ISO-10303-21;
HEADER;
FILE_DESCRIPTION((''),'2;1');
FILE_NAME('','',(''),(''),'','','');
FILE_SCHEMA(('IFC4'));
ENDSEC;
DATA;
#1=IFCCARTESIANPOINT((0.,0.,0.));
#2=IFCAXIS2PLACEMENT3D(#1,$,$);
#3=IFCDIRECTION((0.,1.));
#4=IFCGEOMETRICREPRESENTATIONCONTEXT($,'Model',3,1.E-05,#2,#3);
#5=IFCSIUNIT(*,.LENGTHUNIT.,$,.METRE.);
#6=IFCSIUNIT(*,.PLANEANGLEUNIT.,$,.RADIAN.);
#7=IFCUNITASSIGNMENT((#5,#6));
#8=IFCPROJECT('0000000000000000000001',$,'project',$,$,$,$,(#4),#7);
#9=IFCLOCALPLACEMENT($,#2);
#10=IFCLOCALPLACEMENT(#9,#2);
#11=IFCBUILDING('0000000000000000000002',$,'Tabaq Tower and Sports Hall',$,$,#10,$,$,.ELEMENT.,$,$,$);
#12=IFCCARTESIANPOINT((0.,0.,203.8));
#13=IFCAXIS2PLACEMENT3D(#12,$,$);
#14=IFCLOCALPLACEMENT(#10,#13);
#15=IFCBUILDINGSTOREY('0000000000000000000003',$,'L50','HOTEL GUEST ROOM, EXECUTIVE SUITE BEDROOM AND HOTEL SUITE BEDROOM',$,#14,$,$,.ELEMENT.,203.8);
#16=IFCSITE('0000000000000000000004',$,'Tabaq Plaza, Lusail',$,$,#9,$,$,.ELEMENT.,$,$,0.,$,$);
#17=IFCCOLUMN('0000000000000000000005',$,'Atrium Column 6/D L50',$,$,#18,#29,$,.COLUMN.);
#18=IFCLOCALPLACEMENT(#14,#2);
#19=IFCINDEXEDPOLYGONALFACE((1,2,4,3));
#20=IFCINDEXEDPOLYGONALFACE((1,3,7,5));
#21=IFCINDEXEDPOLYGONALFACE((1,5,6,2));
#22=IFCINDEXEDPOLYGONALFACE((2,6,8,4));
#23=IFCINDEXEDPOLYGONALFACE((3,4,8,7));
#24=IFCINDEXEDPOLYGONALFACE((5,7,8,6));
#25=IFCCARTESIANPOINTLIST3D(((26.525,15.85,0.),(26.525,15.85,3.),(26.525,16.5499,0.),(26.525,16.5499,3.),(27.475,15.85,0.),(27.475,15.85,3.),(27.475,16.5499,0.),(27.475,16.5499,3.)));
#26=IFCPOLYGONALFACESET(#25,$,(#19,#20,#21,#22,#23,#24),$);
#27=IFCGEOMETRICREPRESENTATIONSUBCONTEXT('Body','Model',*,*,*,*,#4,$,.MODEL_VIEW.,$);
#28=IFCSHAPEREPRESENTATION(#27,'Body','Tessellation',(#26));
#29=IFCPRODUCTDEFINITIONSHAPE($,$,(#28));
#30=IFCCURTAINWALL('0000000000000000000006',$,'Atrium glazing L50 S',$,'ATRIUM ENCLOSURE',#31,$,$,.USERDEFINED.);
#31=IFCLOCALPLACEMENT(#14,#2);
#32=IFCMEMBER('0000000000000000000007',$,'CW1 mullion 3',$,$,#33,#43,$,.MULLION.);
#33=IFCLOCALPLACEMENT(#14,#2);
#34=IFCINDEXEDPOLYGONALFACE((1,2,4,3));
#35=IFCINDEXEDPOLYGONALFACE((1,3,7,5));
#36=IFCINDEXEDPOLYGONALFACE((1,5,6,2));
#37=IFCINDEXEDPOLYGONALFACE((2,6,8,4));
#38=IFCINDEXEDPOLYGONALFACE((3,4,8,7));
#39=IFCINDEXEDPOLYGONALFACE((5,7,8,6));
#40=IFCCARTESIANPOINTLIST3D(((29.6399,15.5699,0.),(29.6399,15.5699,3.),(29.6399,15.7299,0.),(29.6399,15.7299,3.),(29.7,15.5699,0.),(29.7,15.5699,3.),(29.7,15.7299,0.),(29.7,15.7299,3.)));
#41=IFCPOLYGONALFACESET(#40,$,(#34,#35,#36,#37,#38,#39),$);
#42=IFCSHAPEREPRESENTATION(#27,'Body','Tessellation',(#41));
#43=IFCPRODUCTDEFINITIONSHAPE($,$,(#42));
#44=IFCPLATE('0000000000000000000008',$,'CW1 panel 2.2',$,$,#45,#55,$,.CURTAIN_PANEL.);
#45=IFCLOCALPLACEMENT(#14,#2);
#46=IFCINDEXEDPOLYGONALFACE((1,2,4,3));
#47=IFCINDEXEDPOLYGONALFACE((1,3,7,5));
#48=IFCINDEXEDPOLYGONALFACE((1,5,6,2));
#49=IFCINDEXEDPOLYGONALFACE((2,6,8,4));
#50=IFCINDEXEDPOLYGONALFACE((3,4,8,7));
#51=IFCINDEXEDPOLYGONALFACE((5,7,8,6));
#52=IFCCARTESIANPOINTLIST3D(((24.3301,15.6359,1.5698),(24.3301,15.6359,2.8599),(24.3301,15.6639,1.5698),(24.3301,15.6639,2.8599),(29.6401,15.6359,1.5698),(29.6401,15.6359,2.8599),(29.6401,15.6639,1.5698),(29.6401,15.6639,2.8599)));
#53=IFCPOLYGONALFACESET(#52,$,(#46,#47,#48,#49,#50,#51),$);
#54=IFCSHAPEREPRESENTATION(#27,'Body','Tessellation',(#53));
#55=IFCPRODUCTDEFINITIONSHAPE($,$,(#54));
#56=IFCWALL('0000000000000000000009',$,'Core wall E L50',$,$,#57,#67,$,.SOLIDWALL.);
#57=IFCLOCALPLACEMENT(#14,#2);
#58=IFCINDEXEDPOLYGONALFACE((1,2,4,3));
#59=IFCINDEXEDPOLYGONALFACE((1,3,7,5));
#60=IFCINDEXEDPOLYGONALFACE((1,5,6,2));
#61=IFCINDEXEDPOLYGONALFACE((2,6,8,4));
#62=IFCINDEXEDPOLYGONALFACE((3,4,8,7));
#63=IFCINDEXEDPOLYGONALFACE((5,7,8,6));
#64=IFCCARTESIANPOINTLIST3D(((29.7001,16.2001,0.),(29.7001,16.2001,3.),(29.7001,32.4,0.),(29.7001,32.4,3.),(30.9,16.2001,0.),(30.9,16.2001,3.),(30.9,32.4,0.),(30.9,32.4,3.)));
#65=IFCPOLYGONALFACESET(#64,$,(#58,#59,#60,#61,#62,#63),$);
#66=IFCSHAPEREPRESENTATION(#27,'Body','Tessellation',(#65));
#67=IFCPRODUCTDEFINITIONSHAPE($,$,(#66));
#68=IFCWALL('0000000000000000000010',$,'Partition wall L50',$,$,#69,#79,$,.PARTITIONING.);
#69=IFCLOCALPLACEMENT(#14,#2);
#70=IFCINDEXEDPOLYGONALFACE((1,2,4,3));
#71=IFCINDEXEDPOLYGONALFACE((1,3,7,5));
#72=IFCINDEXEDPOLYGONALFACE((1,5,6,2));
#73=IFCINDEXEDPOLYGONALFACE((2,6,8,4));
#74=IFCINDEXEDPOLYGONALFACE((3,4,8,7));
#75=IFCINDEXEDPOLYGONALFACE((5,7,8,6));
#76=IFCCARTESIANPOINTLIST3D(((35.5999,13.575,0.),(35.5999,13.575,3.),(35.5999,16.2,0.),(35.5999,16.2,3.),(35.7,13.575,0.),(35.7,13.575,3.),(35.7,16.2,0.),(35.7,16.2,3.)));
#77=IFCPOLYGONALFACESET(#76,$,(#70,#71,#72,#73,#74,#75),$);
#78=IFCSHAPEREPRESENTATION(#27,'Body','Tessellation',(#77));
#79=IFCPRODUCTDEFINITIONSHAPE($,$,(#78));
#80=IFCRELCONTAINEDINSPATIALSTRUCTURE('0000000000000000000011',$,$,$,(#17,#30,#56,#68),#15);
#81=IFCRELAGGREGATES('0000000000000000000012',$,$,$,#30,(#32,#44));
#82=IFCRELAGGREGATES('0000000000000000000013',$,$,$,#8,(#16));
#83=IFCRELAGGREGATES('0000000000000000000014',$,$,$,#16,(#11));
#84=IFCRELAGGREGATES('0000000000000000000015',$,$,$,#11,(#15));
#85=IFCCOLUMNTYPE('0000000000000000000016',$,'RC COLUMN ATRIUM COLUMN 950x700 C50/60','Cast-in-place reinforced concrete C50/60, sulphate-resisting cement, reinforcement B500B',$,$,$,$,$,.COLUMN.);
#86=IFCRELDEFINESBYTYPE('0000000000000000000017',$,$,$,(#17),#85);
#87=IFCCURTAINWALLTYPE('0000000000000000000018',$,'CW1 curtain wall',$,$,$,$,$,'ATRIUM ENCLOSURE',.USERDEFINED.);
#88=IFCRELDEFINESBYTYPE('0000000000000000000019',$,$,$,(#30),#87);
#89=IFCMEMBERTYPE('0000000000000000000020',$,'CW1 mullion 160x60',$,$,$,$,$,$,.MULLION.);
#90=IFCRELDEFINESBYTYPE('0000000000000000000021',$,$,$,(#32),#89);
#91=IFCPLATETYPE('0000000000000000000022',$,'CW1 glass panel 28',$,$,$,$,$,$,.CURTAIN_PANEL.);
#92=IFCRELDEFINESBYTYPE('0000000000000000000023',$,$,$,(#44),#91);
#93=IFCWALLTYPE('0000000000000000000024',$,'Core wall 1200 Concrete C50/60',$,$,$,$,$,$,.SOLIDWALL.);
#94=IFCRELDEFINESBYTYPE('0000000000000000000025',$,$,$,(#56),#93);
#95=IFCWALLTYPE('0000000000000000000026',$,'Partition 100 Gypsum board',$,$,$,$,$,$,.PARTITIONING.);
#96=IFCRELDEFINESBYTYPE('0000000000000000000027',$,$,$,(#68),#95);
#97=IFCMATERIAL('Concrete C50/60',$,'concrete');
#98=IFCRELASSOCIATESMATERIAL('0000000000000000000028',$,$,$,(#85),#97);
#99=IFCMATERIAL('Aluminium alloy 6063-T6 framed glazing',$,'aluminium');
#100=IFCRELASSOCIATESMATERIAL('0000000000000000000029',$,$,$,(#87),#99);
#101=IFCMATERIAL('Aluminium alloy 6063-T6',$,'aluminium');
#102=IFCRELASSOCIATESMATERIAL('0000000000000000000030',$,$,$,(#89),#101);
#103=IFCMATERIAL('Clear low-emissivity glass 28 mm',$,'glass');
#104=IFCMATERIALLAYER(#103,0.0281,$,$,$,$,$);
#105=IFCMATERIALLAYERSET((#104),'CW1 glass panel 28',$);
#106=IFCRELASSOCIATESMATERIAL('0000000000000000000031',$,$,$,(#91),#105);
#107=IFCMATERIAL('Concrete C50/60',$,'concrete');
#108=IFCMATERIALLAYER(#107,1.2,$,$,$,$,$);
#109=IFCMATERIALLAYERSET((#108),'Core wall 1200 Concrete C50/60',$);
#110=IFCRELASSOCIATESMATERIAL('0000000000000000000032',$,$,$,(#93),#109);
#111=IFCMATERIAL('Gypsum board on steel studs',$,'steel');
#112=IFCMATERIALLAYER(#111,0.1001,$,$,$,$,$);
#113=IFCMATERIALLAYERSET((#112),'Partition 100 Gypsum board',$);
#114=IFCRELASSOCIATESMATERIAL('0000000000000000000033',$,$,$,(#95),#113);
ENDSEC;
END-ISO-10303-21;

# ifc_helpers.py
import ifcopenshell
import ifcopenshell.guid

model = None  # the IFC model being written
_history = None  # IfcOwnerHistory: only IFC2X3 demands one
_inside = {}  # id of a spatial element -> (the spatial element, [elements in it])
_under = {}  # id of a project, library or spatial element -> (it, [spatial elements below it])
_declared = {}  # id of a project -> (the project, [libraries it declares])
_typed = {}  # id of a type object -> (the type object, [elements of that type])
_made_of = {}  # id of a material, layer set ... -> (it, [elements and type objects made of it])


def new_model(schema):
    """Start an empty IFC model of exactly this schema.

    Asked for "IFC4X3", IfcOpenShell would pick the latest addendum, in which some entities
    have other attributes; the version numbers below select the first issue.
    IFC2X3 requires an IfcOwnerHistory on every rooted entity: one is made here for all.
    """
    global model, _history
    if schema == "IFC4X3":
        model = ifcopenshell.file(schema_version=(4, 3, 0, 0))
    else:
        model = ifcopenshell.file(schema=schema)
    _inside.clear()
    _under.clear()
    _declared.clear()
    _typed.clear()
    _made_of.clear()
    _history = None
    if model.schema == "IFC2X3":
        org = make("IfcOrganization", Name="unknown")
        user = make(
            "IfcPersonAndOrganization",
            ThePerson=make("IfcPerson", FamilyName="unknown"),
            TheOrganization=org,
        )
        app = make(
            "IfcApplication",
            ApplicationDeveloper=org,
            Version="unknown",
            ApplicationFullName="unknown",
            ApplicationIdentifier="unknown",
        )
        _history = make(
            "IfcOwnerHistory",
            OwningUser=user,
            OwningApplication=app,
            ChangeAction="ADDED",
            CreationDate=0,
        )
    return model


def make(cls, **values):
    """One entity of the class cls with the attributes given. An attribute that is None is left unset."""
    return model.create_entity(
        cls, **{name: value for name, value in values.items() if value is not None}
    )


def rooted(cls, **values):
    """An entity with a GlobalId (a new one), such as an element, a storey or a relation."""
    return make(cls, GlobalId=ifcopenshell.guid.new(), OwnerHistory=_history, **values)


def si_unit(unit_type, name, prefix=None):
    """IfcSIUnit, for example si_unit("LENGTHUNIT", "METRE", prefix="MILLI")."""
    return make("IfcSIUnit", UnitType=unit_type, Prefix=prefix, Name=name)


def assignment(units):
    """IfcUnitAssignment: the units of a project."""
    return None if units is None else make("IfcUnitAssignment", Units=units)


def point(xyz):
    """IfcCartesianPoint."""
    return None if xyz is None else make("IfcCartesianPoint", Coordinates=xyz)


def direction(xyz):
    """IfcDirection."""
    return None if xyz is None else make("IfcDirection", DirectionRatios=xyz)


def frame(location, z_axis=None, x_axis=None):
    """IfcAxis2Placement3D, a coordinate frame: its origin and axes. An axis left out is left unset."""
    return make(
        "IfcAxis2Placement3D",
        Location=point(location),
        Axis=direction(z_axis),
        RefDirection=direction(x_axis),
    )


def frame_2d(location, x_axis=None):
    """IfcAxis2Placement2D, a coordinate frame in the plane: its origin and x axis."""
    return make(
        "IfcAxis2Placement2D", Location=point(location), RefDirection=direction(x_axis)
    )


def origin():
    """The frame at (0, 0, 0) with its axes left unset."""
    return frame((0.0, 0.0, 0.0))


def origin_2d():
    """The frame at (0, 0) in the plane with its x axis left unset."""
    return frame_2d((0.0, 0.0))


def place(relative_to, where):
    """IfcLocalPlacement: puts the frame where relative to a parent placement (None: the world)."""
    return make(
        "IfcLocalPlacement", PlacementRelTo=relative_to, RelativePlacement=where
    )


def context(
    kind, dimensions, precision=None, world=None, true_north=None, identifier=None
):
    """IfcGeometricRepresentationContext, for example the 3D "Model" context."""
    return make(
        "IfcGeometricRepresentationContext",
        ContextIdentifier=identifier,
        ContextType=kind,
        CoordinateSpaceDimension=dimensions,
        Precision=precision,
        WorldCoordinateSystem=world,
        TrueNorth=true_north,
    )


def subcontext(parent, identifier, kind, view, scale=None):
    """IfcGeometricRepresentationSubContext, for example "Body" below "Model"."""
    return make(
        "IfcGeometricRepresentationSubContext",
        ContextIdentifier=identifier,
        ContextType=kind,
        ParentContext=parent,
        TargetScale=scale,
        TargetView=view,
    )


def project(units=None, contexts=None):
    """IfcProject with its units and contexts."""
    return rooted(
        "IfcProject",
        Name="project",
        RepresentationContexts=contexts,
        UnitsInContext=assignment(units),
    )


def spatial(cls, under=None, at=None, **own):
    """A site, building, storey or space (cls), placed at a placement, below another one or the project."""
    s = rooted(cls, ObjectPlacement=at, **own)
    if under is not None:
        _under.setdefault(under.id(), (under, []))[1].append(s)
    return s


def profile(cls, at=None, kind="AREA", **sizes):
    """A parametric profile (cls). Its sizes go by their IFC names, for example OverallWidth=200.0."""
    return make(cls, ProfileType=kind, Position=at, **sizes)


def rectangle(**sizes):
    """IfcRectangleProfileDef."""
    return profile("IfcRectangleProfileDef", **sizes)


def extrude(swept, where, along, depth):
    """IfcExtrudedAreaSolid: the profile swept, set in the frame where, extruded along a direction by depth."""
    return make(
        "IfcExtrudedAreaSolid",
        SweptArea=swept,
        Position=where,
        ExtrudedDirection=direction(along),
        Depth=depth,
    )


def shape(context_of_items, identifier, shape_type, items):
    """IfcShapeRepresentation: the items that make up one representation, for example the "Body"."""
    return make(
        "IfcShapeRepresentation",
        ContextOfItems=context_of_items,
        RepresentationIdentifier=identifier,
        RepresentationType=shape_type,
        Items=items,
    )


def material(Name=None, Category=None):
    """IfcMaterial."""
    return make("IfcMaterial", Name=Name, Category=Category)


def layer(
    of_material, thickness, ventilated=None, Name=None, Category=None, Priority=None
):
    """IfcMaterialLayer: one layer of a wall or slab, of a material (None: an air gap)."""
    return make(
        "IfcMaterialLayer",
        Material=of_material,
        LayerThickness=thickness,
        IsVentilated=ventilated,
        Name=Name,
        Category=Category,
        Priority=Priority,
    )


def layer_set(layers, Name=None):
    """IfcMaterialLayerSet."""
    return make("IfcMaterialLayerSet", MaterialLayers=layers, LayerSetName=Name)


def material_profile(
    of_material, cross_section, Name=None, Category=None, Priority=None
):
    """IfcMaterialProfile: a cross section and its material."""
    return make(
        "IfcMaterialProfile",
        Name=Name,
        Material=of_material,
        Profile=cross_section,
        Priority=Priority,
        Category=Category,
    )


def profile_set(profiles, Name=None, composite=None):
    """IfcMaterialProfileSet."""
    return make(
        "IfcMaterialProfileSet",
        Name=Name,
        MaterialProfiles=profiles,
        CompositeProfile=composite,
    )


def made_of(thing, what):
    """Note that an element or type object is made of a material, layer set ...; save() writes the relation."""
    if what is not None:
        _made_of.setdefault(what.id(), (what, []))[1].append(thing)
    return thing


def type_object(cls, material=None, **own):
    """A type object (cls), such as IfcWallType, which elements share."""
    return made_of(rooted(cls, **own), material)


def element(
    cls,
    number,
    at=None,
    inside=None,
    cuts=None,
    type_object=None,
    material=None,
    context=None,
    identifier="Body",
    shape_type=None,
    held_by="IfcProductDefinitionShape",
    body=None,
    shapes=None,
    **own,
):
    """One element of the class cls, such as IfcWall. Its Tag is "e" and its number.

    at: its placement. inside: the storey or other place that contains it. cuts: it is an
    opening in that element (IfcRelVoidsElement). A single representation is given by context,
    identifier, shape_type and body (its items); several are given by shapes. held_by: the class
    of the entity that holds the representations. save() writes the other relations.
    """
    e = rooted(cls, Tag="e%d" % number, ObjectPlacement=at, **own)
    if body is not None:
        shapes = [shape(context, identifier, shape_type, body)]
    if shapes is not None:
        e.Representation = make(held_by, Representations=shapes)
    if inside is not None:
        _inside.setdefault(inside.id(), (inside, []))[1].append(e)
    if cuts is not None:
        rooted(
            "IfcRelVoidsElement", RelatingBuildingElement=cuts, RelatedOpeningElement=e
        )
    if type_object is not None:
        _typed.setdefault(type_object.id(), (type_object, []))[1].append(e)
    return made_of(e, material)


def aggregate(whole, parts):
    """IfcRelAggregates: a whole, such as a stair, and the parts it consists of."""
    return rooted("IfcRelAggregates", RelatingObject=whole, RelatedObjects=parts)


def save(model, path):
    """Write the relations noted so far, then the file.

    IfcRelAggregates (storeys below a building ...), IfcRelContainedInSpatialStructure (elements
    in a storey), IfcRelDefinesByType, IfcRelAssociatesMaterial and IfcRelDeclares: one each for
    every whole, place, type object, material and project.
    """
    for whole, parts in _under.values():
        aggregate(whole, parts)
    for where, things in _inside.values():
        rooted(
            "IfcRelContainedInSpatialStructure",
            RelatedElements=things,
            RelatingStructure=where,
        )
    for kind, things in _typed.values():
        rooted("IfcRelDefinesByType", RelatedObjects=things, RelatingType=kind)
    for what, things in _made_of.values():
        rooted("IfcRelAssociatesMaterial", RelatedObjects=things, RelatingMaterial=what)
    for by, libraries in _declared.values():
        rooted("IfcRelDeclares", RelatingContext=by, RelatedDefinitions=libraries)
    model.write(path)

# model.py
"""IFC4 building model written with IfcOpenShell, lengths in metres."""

from ifc_helpers import new_model, si_unit, direction, frame, frame_2d, origin, origin_2d, place, context, subcontext, project, spatial, rectangle, extrude, material, layer, layer_set, material_profile, profile_set, type_object, element, aggregate, save


model = new_model("IFC4")

# Units and contexts
model_context = context("Model", 3, precision=1e-05, world=origin(), true_north=direction((0.0, 1.0)))
body_context = subcontext(model_context, "Body", "Model", "MODEL_VIEW")
ifc_project = project(units=[si_unit("LENGTHUNIT", "METRE"), si_unit("PLANEANGLEUNIT", "RADIAN")], contexts=[model_context])

# Site, building, storey
site_placement = place(None, origin())
site = spatial("IfcSite", under=ifc_project, at=site_placement, Name="Tabaq Plaza, Lusail", CompositionType="ELEMENT", RefElevation=0.0)
building_placement = place(site_placement, origin())
building = spatial("IfcBuilding", under=site, at=building_placement, Name="Tabaq Tower and Sports Hall", CompositionType="ELEMENT")
storey_placement = place(building_placement, frame((0.0, 0.0, 203.8)))
storey = spatial("IfcBuildingStorey", under=building, at=storey_placement, Name="L50", Description="HOTEL GUEST ROOM, EXECUTIVE SUITE BEDROOM AND HOTEL SUITE BEDROOM", CompositionType="ELEMENT", Elevation=203.8)

# Column
ifc_material_1 = material(Name="Concrete C50/60", Category="concrete")
ifc_material_profile_1 = material_profile(ifc_material_1, rectangle(XDim=0.95, YDim=0.7, at=origin_2d()), Name="ATRIUM COLUMN 950x700")
ifc_profile_set_1 = profile_set([ifc_material_profile_1], Name="Concrete C50/60")
column_type = type_object("IfcColumnType", Name="RC COLUMN ATRIUM COLUMN 950x700 C50/60", Description="Cast-in-place reinforced concrete C50/60, sulphate-resisting cement, reinforcement B500B", PredefinedType="COLUMN", material=ifc_profile_set_1)
column_placement = place(storey_placement, frame((27.0, 16.2, 0.0), z_axis=(0.0, 0.0, 1.0), x_axis=(1.0, 0.0, 0.0)))
element("IfcColumn", 1, at=column_placement, inside=storey, type_object=column_type, Name="Atrium Column 6/D L50", PredefinedType="COLUMN", context=body_context, shape_type="SweptSolid", body=[
    extrude(rectangle(XDim=0.95, YDim=0.7, at=origin_2d()), origin(), (0.0, 0.0, 1.0), 3.0),
])

# Curtain wall, member, plate
ifc_material_2 = material(Name="Aluminium alloy 6063-T6 framed glazing", Category="aluminium")
curtain_wall_type = type_object("IfcCurtainWallType", Name="CW1 curtain wall", ElementType="ATRIUM ENCLOSURE", PredefinedType="USERDEFINED", material=ifc_material_2)
curtain_wall_placement = place(storey_placement, origin())
curtain_wall = element("IfcCurtainWall", 2, at=curtain_wall_placement, inside=storey, type_object=curtain_wall_type, Name="Atrium glazing L50 S", ObjectType="ATRIUM ENCLOSURE", PredefinedType="USERDEFINED")
ifc_material_3 = material(Name="Aluminium alloy 6063-T6", Category="aluminium")
ifc_material_profile_2 = material_profile(ifc_material_3, rectangle(XDim=0.1599, YDim=0.0601, at=origin_2d()), Name="MULLION 160x60")
ifc_profile_set_2 = profile_set([ifc_material_profile_2], Name="Aluminium alloy 6063-T6")
member_type = type_object("IfcMemberType", Name="CW1 mullion 160x60", PredefinedType="MULLION", material=ifc_profile_set_2)
member_placement = place(storey_placement, frame((29.6699, 15.6499, 0.0), z_axis=(0.0, 0.0, 1.0), x_axis=(0.0, 1.0, 0.0)))
member = element("IfcMember", 3, at=member_placement, type_object=member_type, Name="CW1 mullion 3", PredefinedType="MULLION", context=body_context, shape_type="SweptSolid", body=[
    extrude(rectangle(XDim=0.1599, YDim=0.0601, at=origin_2d()), origin(), (0.0, 0.0, 1.0), 3.0),
])
ifc_material_4 = material(Name="Clear low-emissivity glass 28 mm", Category="glass")
ifc_layer_1 = layer(ifc_material_4, 0.0281)
ifc_layer_set_1 = layer_set([ifc_layer_1], Name="CW1 glass panel 28")
plate_type = type_object("IfcPlateType", Name="CW1 glass panel 28", PredefinedType="CURTAIN_PANEL", material=ifc_layer_set_1)
plate_placement = place(storey_placement, frame((26.9851, 15.6499, 1.5698), z_axis=(0.0, 0.0, 1.0), x_axis=(1.0, 0.0, 0.0)))
plate = element("IfcPlate", 4, at=plate_placement, type_object=plate_type, Name="CW1 panel 2.2", PredefinedType="CURTAIN_PANEL", context=body_context, shape_type="SweptSolid", body=[
    extrude(rectangle(XDim=5.3101, YDim=0.0281, at=origin_2d()), origin(), (0.0, 0.0, 1.0), 1.29),
])
aggregate(curtain_wall, [member, plate])

# Walls
ifc_material_5 = material(Name="Concrete C50/60", Category="concrete")
ifc_layer_2 = layer(ifc_material_5, 1.2)
ifc_layer_set_2 = layer_set([ifc_layer_2], Name="Core wall 1200 Concrete C50/60")
wall_type_1 = type_object("IfcWallType", Name="Core wall 1200 Concrete C50/60", PredefinedType="SOLIDWALL", material=ifc_layer_set_2)
wall_1_placement = place(storey_placement, frame((30.3, 16.2, 0.0), z_axis=(0.0, 0.0, 1.0), x_axis=(0.0, 1.0, 0.0)))
element("IfcWall", 5, at=wall_1_placement, inside=storey, type_object=wall_type_1, Name="Core wall E L50", PredefinedType="SOLIDWALL", context=body_context, shape_type="SweptSolid", body=[
    extrude(rectangle(XDim=16.2, YDim=1.2, at=frame_2d((8.1001, 0.0))), origin(), (0.0, 0.0, 1.0), 3.0),
])
ifc_material_6 = material(Name="Gypsum board on steel studs", Category="steel")
ifc_layer_3 = layer(ifc_material_6, 0.1001)
ifc_layer_set_3 = layer_set([ifc_layer_3], Name="Partition 100 Gypsum board")
wall_type_2 = type_object("IfcWallType", Name="Partition 100 Gypsum board", PredefinedType="PARTITIONING", material=ifc_layer_set_3)
wall_2_placement = place(storey_placement, frame((35.6499, 16.2, 0.0), z_axis=(0.0, 0.0, 1.0), x_axis=(0.0, -1.0, 0.0)))
element("IfcWall", 6, at=wall_2_placement, inside=storey, type_object=wall_type_2, Name="Partition wall L50", PredefinedType="PARTITIONING", context=body_context, shape_type="SweptSolid", body=[
    extrude(rectangle(XDim=2.625, YDim=0.1001, at=frame_2d((1.3125, 0.0))), origin(), (0.0, 0.0, 1.0), 3.0),
])

save(model, "model.ifc")
